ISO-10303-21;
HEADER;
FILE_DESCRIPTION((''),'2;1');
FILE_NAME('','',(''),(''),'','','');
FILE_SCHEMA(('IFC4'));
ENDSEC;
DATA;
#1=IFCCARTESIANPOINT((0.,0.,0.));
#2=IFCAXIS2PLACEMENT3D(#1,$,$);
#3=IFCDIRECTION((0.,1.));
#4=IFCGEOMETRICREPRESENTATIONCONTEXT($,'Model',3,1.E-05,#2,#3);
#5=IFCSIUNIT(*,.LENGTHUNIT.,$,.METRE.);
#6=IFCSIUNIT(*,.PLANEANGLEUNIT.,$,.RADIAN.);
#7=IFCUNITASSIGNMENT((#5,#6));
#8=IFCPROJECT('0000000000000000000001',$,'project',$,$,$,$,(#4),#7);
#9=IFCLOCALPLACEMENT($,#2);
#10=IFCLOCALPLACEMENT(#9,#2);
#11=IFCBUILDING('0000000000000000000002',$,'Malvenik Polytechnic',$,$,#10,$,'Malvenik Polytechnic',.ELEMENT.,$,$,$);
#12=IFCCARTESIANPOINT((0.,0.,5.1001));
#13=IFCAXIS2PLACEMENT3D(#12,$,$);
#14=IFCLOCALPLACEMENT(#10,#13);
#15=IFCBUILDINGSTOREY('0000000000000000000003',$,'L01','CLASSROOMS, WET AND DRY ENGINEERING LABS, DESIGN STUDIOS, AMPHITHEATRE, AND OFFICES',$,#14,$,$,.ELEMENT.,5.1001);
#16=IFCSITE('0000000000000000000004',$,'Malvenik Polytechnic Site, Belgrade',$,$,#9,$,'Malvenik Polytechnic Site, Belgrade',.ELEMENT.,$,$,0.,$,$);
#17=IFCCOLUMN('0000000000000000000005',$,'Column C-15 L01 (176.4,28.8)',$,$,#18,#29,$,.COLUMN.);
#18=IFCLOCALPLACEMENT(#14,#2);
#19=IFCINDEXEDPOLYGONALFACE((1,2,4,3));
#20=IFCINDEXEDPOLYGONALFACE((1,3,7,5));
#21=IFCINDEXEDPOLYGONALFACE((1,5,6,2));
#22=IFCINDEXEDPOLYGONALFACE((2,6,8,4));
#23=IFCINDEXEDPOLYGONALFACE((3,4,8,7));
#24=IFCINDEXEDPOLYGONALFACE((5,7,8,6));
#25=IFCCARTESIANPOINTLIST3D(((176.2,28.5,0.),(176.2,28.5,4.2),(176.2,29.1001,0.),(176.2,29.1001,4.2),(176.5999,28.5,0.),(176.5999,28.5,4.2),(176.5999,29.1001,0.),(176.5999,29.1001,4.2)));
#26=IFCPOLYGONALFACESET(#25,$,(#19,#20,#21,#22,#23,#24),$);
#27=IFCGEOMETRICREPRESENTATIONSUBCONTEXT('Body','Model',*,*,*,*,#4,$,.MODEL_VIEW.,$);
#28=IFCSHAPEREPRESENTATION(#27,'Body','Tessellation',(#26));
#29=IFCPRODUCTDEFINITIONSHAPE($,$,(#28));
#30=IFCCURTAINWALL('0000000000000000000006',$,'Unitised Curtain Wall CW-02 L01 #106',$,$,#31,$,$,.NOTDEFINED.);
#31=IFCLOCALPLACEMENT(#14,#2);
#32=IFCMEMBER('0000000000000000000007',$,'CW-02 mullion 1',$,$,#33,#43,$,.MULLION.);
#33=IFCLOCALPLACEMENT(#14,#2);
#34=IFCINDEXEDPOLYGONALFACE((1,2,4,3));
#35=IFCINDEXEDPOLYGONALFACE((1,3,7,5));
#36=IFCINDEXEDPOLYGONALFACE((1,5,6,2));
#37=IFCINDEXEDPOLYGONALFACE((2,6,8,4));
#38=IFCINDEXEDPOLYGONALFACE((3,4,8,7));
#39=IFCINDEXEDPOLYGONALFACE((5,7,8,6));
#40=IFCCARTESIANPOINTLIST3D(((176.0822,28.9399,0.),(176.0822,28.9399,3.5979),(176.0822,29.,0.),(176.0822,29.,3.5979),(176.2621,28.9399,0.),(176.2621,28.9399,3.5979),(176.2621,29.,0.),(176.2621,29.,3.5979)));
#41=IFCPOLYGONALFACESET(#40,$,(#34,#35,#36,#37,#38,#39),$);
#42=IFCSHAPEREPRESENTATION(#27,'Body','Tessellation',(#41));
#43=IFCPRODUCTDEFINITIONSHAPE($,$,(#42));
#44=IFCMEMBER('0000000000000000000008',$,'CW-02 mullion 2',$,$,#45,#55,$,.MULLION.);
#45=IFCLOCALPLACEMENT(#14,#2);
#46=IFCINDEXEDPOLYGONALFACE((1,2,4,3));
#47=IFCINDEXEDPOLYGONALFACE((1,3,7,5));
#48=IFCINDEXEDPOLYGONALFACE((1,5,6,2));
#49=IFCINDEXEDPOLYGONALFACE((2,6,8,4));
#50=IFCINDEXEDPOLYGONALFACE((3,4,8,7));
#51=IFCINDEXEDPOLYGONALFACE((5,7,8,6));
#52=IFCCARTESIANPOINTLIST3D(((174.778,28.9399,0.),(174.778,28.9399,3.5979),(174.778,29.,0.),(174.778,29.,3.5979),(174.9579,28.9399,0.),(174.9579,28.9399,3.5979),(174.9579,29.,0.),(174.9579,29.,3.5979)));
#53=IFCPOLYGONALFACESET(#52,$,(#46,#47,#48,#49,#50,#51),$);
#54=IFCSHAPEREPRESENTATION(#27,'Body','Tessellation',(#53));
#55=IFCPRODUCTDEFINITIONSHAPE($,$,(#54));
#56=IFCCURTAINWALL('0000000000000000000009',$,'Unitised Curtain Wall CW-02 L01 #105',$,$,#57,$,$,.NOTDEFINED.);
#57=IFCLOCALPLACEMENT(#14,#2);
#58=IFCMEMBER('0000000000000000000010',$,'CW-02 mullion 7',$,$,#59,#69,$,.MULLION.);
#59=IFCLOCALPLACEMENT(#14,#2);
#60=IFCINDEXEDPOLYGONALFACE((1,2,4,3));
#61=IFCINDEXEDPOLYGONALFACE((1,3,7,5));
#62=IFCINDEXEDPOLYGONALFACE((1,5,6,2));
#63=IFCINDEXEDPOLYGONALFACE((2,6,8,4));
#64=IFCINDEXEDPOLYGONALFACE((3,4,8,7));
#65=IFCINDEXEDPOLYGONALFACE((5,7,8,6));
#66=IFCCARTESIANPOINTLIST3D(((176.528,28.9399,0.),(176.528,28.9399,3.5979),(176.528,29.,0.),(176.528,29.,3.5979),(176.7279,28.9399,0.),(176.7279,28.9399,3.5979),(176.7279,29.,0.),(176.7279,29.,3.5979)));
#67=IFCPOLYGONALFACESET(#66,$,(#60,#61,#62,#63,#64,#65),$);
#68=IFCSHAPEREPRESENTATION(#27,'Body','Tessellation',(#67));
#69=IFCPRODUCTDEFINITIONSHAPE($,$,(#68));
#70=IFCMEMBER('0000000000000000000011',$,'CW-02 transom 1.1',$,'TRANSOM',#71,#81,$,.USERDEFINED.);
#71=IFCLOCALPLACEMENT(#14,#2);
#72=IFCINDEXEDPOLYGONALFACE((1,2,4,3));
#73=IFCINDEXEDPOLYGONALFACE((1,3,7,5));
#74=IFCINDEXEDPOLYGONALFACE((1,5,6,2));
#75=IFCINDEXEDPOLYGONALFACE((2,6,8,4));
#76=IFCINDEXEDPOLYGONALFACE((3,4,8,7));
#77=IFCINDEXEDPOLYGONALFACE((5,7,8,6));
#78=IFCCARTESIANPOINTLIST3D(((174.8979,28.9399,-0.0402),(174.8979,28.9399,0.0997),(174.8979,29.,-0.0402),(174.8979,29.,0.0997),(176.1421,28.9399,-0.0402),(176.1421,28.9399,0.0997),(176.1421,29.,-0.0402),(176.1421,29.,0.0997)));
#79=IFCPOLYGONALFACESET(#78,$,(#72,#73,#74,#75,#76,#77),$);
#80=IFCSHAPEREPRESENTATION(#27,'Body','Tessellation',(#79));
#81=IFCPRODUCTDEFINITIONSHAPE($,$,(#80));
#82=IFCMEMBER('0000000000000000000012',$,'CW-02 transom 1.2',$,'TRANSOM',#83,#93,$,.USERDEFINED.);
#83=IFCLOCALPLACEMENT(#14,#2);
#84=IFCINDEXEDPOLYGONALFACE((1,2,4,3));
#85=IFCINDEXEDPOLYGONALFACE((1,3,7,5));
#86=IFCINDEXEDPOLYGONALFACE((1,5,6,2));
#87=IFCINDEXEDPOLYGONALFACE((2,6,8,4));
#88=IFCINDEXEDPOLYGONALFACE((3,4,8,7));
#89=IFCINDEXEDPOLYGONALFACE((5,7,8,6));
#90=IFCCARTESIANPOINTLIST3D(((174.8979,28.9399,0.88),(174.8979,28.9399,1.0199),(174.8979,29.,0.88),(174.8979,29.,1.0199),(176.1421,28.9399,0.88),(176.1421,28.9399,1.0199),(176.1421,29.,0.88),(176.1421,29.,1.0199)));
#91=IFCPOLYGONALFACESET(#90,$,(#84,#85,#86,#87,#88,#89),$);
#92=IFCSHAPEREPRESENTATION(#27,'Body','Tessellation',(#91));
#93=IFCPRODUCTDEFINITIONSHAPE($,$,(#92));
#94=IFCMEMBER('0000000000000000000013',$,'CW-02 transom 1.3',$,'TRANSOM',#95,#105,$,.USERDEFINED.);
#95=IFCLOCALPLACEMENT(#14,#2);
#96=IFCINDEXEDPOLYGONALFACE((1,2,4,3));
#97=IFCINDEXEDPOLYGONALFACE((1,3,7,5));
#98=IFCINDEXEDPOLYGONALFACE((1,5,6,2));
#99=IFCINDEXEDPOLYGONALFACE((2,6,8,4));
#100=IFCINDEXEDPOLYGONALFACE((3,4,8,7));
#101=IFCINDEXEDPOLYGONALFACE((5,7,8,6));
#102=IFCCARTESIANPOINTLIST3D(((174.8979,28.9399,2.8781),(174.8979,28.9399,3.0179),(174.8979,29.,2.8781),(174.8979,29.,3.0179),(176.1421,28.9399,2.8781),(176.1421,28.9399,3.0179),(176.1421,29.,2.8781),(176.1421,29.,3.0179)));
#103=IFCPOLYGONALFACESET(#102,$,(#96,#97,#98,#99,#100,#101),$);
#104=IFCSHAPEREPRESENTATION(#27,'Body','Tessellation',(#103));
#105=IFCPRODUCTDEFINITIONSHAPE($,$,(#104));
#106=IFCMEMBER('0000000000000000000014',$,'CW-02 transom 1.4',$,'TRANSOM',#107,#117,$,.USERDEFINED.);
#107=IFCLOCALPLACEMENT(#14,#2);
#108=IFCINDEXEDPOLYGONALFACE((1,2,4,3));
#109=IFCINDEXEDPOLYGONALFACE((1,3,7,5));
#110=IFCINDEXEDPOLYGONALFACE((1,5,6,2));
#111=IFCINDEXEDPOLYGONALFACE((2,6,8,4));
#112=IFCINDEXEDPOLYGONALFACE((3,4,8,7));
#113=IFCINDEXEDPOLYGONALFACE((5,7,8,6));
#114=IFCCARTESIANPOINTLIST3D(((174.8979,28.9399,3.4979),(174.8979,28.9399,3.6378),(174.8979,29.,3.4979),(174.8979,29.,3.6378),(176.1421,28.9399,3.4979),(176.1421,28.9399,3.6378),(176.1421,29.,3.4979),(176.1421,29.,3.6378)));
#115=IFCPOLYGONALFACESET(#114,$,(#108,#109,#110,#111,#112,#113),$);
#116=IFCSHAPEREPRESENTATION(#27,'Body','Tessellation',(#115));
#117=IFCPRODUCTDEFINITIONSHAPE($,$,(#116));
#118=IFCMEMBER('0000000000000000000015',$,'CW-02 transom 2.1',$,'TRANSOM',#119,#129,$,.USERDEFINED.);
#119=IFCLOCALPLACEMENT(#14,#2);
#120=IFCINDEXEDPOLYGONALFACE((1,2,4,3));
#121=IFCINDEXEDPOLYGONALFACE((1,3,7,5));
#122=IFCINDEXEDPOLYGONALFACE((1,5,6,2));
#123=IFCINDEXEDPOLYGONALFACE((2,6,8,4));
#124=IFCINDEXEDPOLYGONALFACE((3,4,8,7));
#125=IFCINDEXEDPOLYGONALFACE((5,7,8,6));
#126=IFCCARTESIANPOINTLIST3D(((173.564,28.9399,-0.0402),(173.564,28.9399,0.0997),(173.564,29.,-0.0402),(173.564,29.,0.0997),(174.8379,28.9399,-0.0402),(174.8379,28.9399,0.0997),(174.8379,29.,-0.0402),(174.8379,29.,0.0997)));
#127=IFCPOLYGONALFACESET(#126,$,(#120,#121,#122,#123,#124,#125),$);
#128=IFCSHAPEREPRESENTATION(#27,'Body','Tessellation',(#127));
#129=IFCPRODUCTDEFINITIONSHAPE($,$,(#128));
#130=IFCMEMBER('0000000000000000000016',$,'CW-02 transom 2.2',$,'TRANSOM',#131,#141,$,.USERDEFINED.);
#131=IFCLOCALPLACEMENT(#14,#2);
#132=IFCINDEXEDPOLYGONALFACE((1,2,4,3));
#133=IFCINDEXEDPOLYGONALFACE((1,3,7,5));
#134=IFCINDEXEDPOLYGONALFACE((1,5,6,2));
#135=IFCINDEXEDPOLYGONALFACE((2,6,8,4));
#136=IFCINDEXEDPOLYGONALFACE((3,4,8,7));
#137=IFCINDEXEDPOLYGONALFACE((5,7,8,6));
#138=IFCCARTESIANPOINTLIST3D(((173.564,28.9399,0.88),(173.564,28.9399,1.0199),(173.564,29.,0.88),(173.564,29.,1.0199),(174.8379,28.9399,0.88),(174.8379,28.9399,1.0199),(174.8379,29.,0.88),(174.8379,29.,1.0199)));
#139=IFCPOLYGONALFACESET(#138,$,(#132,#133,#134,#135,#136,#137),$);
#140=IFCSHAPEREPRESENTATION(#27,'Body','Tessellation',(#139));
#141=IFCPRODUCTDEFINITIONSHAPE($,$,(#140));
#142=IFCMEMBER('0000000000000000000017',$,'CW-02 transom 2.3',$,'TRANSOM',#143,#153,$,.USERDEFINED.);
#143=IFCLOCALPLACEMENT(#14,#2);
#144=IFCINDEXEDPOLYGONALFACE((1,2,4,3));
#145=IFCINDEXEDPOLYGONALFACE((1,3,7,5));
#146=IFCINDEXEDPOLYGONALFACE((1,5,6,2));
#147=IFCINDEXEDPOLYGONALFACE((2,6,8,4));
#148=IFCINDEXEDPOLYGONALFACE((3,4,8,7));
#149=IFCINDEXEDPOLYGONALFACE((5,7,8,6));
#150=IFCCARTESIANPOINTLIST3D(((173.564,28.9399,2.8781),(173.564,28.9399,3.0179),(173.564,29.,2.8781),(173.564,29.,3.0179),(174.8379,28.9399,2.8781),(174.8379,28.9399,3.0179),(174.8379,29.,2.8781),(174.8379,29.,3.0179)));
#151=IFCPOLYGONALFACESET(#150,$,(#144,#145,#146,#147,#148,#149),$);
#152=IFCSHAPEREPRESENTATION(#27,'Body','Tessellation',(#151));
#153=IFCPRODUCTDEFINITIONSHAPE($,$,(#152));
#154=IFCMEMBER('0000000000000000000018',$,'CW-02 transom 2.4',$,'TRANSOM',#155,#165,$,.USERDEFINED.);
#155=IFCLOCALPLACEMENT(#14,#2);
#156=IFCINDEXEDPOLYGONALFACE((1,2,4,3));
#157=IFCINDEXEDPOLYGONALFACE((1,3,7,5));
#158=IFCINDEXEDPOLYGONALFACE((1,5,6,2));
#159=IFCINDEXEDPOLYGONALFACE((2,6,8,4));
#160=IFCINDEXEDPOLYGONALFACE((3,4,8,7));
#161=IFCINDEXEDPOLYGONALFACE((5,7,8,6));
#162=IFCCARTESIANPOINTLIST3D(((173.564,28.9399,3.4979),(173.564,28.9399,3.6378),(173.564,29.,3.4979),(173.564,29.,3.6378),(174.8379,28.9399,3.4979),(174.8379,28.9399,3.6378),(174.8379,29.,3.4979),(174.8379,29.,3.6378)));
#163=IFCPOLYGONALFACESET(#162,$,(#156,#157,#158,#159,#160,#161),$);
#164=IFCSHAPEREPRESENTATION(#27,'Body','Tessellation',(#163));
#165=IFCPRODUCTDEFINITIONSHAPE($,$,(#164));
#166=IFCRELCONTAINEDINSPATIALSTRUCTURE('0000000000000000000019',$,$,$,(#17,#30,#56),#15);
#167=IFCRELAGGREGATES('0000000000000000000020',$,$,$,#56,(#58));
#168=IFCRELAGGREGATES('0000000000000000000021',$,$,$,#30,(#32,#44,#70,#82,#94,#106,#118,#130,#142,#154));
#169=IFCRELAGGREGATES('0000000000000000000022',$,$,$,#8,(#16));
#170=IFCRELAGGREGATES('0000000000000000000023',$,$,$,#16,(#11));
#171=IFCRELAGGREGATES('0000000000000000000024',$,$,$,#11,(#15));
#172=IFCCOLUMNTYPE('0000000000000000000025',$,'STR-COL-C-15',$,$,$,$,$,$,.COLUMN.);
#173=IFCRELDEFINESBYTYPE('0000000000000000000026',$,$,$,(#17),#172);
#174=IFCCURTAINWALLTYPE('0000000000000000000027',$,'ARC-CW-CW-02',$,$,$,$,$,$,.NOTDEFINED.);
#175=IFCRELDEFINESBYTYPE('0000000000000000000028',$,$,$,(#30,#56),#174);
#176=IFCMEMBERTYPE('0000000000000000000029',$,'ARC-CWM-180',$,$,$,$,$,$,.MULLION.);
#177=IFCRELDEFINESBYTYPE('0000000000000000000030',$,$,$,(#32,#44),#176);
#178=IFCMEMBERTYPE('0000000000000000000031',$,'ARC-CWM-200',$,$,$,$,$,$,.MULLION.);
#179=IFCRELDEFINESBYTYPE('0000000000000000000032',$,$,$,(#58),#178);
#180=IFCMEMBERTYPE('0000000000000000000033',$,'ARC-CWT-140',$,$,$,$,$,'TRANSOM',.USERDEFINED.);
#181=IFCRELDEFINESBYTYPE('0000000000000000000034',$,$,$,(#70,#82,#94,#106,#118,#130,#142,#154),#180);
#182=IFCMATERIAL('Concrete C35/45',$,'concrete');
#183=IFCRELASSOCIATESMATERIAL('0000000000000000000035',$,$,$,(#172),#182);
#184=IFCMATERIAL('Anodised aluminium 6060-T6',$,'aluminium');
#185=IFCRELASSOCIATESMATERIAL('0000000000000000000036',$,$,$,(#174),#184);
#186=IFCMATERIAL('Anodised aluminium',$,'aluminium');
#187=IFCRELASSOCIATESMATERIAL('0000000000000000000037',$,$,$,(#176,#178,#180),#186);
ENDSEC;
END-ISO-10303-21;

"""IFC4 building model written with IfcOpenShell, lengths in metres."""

from ifc_helpers import new_model, si_unit, direction, frame, origin, origin_2d, place, context, subcontext, project, spatial, rectangle, extrude, material, material_profile, profile_set, type_object, element, aggregate, save


model = new_model("IFC4")

# Units and contexts
model_context = context("Model", 3, precision=1e-05, world=origin(), true_north=direction((0.0, 1.0)))
body_context = subcontext(model_context, "Body", "Model", "MODEL_VIEW")
ifc_project = project(units=[si_unit("LENGTHUNIT", "METRE"), si_unit("PLANEANGLEUNIT", "RADIAN")], contexts=[model_context])

# Site, building, storey
site_placement = place(None, origin())
site = spatial("IfcSite", under=ifc_project, at=site_placement, Name="Malvenik Polytechnic Site, Belgrade", LongName="Malvenik Polytechnic Site, Belgrade", CompositionType="ELEMENT", RefElevation=0.0)
building_placement = place(site_placement, origin())
building = spatial("IfcBuilding", under=site, at=building_placement, Name="Malvenik Polytechnic", LongName="Malvenik Polytechnic", CompositionType="ELEMENT")
storey_placement = place(building_placement, frame((0.0, 0.0, 5.1001)))
storey = spatial("IfcBuildingStorey", under=building, at=storey_placement, Name="L01", Description="CLASSROOMS, WET AND DRY ENGINEERING LABS, DESIGN STUDIOS, AMPHITHEATRE, AND OFFICES", CompositionType="ELEMENT", Elevation=5.1001)

# Column
ifc_material_1 = material(Name="Concrete C35/45", Category="concrete")
ifc_material_profile_1 = material_profile(ifc_material_1, rectangle(XDim=0.3999, YDim=0.6001, at=origin_2d()), Name="RC COL 600x400")
ifc_profile_set_1 = profile_set([ifc_material_profile_1], Name="Concrete C35/45")
column_type = type_object("IfcColumnType", Name="STR-COL-C-15", PredefinedType="COLUMN", material=ifc_profile_set_1)
column_placement = place(storey_placement, frame((176.3999, 28.8, 0.0), z_axis=(0.0, 0.0, 1.0), x_axis=(1.0, 0.0, 0.0)))
element("IfcColumn", 1, at=column_placement, inside=storey, type_object=column_type, Name="Column C-15 L01 (176.4,28.8)", PredefinedType="COLUMN", context=body_context, shape_type="SweptSolid", body=[
    extrude(rectangle(XDim=0.3999, YDim=0.6001, at=origin_2d()), origin(), (0.0, 0.0, 1.0), 4.2),
])

# Curtain wall, members
ifc_material_2 = material(Name="Anodised aluminium 6060-T6", Category="aluminium")
curtain_wall_type = type_object("IfcCurtainWallType", Name="ARC-CW-CW-02", PredefinedType="NOTDEFINED", material=ifc_material_2)
curtain_wall_1_placement = place(storey_placement, origin())
curtain_wall_1 = element("IfcCurtainWall", 2, at=curtain_wall_1_placement, inside=storey, type_object=curtain_wall_type, Name="Unitised Curtain Wall CW-02 L01 #106", PredefinedType="NOTDEFINED")
ifc_material_3 = material(Name="Anodised aluminium", Category="aluminium")
ifc_material_profile_2 = material_profile(ifc_material_3, rectangle(XDim=0.0601, YDim=0.1799, at=origin_2d()), Name="ALU MULLION 60x180")
ifc_profile_set_2 = profile_set([ifc_material_profile_2], Name="Anodised aluminium")
member_type_1 = type_object("IfcMemberType", Name="ARC-CWM-180", PredefinedType="MULLION", material=ifc_profile_set_2)
member_1_placement = place(storey_placement, frame((176.1721, 28.97, 0.0), z_axis=(0.0, 0.0, 1.0), x_axis=(0.0, -1.0, 0.0)))
member_1 = element("IfcMember", 3, at=member_1_placement, type_object=member_type_1, Name="CW-02 mullion 1", PredefinedType="MULLION", context=body_context, shape_type="SweptSolid", body=[
    extrude(rectangle(XDim=0.0601, YDim=0.1799, at=origin_2d()), origin(), (0.0, 0.0, 1.0), 3.5979),
])
member_2_placement = place(storey_placement, frame((174.8679, 28.97, 0.0), z_axis=(0.0, 0.0, 1.0), x_axis=(0.0, -1.0, 0.0)))
member_2 = element("IfcMember", 4, at=member_2_placement, type_object=member_type_1, Name="CW-02 mullion 2", PredefinedType="MULLION", context=body_context, shape_type="SweptSolid", body=[
    extrude(rectangle(XDim=0.0601, YDim=0.1799, at=origin_2d()), origin(), (0.0, 0.0, 1.0), 3.5979),
])

# Curtain wall, member
curtain_wall_2_placement = place(storey_placement, origin())
curtain_wall_2 = element("IfcCurtainWall", 5, at=curtain_wall_2_placement, inside=storey, type_object=curtain_wall_type, Name="Unitised Curtain Wall CW-02 L01 #105", PredefinedType="NOTDEFINED")
ifc_material_profile_3 = material_profile(ifc_material_3, rectangle(XDim=0.0601, YDim=0.2, at=origin_2d()), Name="ALU MULLION 60x200")
ifc_profile_set_3 = profile_set([ifc_material_profile_3], Name="Anodised aluminium")
member_type_2 = type_object("IfcMemberType", Name="ARC-CWM-200", PredefinedType="MULLION", material=ifc_profile_set_3)
member_3_placement = place(storey_placement, frame((176.6279, 28.97, 0.0), z_axis=(0.0, 0.0, 1.0), x_axis=(0.0, -1.0, 0.0)))
member_3 = element("IfcMember", 6, at=member_3_placement, type_object=member_type_2, Name="CW-02 mullion 7", PredefinedType="MULLION", context=body_context, shape_type="SweptSolid", body=[
    extrude(rectangle(XDim=0.0601, YDim=0.2, at=origin_2d()), origin(), (0.0, 0.0, 1.0), 3.5979),
])

# Members
ifc_material_profile_4 = material_profile(ifc_material_3, rectangle(XDim=0.0601, YDim=0.1399, at=origin_2d()), Name="ALU TRANSOM 60x140")
ifc_profile_set_4 = profile_set([ifc_material_profile_4], Name="Anodised aluminium")
member_type_3 = type_object("IfcMemberType", Name="ARC-CWT-140", ElementType="TRANSOM", PredefinedType="USERDEFINED", material=ifc_profile_set_4)
member_4_placement = place(storey_placement, frame((176.1421, 28.97, 0.0298), z_axis=(-1.0, 0.0, 0.0), x_axis=(0.0, -1.0, 0.0)))
member_4 = element("IfcMember", 7, at=member_4_placement, type_object=member_type_3, Name="CW-02 transom 1.1", ObjectType="TRANSOM", PredefinedType="USERDEFINED", context=body_context, shape_type="SweptSolid", body=[
    extrude(rectangle(XDim=0.0601, YDim=0.1399, at=origin_2d()), origin(), (0.0, 0.0, 1.0), 1.2441),
])
member_5_placement = place(storey_placement, frame((176.1421, 28.97, 0.95), z_axis=(-1.0, 0.0, 0.0), x_axis=(0.0, -1.0, 0.0)))
member_5 = element("IfcMember", 8, at=member_5_placement, type_object=member_type_3, Name="CW-02 transom 1.2", ObjectType="TRANSOM", PredefinedType="USERDEFINED", context=body_context, shape_type="SweptSolid", body=[
    extrude(rectangle(XDim=0.0601, YDim=0.1399, at=origin_2d()), origin(), (0.0, 0.0, 1.0), 1.2441),
])
member_6_placement = place(storey_placement, frame((176.1421, 28.97, 2.948), z_axis=(-1.0, 0.0, 0.0), x_axis=(0.0, -1.0, 0.0)))
member_6 = element("IfcMember", 9, at=member_6_placement, type_object=member_type_3, Name="CW-02 transom 1.3", ObjectType="TRANSOM", PredefinedType="USERDEFINED", context=body_context, shape_type="SweptSolid", body=[
    extrude(rectangle(XDim=0.0601, YDim=0.1399, at=origin_2d()), origin(), (0.0, 0.0, 1.0), 1.2441),
])
member_7_placement = place(storey_placement, frame((176.1421, 28.97, 3.5679), z_axis=(-1.0, 0.0, 0.0), x_axis=(0.0, -1.0, 0.0)))
member_7 = element("IfcMember", 10, at=member_7_placement, type_object=member_type_3, Name="CW-02 transom 1.4", ObjectType="TRANSOM", PredefinedType="USERDEFINED", context=body_context, shape_type="SweptSolid", body=[
    extrude(rectangle(XDim=0.0601, YDim=0.1399, at=origin_2d()), origin(), (0.0, 0.0, 1.0), 1.2441),
])
member_8_placement = place(storey_placement, frame((174.8379, 28.97, 0.0298), z_axis=(-1.0, 0.0, 0.0), x_axis=(0.0, -1.0, 0.0)))
member_8 = element("IfcMember", 11, at=member_8_placement, type_object=member_type_3, Name="CW-02 transom 2.1", ObjectType="TRANSOM", PredefinedType="USERDEFINED", context=body_context, shape_type="SweptSolid", body=[
    extrude(rectangle(XDim=0.0601, YDim=0.1399, at=origin_2d()), origin(), (0.0, 0.0, 1.0), 1.2739),
])
member_9_placement = place(storey_placement, frame((174.8379, 28.97, 0.95), z_axis=(-1.0, 0.0, 0.0), x_axis=(0.0, -1.0, 0.0)))
member_9 = element("IfcMember", 12, at=member_9_placement, type_object=member_type_3, Name="CW-02 transom 2.2", ObjectType="TRANSOM", PredefinedType="USERDEFINED", context=body_context, shape_type="SweptSolid", body=[
    extrude(rectangle(XDim=0.0601, YDim=0.1399, at=origin_2d()), origin(), (0.0, 0.0, 1.0), 1.2739),
])
member_10_placement = place(storey_placement, frame((174.8379, 28.97, 2.948), z_axis=(-1.0, 0.0, 0.0), x_axis=(0.0, -1.0, 0.0)))
member_10 = element("IfcMember", 13, at=member_10_placement, type_object=member_type_3, Name="CW-02 transom 2.3", ObjectType="TRANSOM", PredefinedType="USERDEFINED", context=body_context, shape_type="SweptSolid", body=[
    extrude(rectangle(XDim=0.0601, YDim=0.1399, at=origin_2d()), origin(), (0.0, 0.0, 1.0), 1.2739),
])
member_11_placement = place(storey_placement, frame((174.8379, 28.97, 3.5679), z_axis=(-1.0, 0.0, 0.0), x_axis=(0.0, -1.0, 0.0)))
member_11 = element("IfcMember", 14, at=member_11_placement, type_object=member_type_3, Name="CW-02 transom 2.4", ObjectType="TRANSOM", PredefinedType="USERDEFINED", context=body_context, shape_type="SweptSolid", body=[
    extrude(rectangle(XDim=0.0601, YDim=0.1399, at=origin_2d()), origin(), (0.0, 0.0, 1.0), 1.2739),
])

aggregate(curtain_wall_2, [member_3])
aggregate(curtain_wall_1, [member_1, member_2, member_4, member_5, member_6, member_7, member_8, member_9, member_10, member_11])

save(model, "model.ifc")
